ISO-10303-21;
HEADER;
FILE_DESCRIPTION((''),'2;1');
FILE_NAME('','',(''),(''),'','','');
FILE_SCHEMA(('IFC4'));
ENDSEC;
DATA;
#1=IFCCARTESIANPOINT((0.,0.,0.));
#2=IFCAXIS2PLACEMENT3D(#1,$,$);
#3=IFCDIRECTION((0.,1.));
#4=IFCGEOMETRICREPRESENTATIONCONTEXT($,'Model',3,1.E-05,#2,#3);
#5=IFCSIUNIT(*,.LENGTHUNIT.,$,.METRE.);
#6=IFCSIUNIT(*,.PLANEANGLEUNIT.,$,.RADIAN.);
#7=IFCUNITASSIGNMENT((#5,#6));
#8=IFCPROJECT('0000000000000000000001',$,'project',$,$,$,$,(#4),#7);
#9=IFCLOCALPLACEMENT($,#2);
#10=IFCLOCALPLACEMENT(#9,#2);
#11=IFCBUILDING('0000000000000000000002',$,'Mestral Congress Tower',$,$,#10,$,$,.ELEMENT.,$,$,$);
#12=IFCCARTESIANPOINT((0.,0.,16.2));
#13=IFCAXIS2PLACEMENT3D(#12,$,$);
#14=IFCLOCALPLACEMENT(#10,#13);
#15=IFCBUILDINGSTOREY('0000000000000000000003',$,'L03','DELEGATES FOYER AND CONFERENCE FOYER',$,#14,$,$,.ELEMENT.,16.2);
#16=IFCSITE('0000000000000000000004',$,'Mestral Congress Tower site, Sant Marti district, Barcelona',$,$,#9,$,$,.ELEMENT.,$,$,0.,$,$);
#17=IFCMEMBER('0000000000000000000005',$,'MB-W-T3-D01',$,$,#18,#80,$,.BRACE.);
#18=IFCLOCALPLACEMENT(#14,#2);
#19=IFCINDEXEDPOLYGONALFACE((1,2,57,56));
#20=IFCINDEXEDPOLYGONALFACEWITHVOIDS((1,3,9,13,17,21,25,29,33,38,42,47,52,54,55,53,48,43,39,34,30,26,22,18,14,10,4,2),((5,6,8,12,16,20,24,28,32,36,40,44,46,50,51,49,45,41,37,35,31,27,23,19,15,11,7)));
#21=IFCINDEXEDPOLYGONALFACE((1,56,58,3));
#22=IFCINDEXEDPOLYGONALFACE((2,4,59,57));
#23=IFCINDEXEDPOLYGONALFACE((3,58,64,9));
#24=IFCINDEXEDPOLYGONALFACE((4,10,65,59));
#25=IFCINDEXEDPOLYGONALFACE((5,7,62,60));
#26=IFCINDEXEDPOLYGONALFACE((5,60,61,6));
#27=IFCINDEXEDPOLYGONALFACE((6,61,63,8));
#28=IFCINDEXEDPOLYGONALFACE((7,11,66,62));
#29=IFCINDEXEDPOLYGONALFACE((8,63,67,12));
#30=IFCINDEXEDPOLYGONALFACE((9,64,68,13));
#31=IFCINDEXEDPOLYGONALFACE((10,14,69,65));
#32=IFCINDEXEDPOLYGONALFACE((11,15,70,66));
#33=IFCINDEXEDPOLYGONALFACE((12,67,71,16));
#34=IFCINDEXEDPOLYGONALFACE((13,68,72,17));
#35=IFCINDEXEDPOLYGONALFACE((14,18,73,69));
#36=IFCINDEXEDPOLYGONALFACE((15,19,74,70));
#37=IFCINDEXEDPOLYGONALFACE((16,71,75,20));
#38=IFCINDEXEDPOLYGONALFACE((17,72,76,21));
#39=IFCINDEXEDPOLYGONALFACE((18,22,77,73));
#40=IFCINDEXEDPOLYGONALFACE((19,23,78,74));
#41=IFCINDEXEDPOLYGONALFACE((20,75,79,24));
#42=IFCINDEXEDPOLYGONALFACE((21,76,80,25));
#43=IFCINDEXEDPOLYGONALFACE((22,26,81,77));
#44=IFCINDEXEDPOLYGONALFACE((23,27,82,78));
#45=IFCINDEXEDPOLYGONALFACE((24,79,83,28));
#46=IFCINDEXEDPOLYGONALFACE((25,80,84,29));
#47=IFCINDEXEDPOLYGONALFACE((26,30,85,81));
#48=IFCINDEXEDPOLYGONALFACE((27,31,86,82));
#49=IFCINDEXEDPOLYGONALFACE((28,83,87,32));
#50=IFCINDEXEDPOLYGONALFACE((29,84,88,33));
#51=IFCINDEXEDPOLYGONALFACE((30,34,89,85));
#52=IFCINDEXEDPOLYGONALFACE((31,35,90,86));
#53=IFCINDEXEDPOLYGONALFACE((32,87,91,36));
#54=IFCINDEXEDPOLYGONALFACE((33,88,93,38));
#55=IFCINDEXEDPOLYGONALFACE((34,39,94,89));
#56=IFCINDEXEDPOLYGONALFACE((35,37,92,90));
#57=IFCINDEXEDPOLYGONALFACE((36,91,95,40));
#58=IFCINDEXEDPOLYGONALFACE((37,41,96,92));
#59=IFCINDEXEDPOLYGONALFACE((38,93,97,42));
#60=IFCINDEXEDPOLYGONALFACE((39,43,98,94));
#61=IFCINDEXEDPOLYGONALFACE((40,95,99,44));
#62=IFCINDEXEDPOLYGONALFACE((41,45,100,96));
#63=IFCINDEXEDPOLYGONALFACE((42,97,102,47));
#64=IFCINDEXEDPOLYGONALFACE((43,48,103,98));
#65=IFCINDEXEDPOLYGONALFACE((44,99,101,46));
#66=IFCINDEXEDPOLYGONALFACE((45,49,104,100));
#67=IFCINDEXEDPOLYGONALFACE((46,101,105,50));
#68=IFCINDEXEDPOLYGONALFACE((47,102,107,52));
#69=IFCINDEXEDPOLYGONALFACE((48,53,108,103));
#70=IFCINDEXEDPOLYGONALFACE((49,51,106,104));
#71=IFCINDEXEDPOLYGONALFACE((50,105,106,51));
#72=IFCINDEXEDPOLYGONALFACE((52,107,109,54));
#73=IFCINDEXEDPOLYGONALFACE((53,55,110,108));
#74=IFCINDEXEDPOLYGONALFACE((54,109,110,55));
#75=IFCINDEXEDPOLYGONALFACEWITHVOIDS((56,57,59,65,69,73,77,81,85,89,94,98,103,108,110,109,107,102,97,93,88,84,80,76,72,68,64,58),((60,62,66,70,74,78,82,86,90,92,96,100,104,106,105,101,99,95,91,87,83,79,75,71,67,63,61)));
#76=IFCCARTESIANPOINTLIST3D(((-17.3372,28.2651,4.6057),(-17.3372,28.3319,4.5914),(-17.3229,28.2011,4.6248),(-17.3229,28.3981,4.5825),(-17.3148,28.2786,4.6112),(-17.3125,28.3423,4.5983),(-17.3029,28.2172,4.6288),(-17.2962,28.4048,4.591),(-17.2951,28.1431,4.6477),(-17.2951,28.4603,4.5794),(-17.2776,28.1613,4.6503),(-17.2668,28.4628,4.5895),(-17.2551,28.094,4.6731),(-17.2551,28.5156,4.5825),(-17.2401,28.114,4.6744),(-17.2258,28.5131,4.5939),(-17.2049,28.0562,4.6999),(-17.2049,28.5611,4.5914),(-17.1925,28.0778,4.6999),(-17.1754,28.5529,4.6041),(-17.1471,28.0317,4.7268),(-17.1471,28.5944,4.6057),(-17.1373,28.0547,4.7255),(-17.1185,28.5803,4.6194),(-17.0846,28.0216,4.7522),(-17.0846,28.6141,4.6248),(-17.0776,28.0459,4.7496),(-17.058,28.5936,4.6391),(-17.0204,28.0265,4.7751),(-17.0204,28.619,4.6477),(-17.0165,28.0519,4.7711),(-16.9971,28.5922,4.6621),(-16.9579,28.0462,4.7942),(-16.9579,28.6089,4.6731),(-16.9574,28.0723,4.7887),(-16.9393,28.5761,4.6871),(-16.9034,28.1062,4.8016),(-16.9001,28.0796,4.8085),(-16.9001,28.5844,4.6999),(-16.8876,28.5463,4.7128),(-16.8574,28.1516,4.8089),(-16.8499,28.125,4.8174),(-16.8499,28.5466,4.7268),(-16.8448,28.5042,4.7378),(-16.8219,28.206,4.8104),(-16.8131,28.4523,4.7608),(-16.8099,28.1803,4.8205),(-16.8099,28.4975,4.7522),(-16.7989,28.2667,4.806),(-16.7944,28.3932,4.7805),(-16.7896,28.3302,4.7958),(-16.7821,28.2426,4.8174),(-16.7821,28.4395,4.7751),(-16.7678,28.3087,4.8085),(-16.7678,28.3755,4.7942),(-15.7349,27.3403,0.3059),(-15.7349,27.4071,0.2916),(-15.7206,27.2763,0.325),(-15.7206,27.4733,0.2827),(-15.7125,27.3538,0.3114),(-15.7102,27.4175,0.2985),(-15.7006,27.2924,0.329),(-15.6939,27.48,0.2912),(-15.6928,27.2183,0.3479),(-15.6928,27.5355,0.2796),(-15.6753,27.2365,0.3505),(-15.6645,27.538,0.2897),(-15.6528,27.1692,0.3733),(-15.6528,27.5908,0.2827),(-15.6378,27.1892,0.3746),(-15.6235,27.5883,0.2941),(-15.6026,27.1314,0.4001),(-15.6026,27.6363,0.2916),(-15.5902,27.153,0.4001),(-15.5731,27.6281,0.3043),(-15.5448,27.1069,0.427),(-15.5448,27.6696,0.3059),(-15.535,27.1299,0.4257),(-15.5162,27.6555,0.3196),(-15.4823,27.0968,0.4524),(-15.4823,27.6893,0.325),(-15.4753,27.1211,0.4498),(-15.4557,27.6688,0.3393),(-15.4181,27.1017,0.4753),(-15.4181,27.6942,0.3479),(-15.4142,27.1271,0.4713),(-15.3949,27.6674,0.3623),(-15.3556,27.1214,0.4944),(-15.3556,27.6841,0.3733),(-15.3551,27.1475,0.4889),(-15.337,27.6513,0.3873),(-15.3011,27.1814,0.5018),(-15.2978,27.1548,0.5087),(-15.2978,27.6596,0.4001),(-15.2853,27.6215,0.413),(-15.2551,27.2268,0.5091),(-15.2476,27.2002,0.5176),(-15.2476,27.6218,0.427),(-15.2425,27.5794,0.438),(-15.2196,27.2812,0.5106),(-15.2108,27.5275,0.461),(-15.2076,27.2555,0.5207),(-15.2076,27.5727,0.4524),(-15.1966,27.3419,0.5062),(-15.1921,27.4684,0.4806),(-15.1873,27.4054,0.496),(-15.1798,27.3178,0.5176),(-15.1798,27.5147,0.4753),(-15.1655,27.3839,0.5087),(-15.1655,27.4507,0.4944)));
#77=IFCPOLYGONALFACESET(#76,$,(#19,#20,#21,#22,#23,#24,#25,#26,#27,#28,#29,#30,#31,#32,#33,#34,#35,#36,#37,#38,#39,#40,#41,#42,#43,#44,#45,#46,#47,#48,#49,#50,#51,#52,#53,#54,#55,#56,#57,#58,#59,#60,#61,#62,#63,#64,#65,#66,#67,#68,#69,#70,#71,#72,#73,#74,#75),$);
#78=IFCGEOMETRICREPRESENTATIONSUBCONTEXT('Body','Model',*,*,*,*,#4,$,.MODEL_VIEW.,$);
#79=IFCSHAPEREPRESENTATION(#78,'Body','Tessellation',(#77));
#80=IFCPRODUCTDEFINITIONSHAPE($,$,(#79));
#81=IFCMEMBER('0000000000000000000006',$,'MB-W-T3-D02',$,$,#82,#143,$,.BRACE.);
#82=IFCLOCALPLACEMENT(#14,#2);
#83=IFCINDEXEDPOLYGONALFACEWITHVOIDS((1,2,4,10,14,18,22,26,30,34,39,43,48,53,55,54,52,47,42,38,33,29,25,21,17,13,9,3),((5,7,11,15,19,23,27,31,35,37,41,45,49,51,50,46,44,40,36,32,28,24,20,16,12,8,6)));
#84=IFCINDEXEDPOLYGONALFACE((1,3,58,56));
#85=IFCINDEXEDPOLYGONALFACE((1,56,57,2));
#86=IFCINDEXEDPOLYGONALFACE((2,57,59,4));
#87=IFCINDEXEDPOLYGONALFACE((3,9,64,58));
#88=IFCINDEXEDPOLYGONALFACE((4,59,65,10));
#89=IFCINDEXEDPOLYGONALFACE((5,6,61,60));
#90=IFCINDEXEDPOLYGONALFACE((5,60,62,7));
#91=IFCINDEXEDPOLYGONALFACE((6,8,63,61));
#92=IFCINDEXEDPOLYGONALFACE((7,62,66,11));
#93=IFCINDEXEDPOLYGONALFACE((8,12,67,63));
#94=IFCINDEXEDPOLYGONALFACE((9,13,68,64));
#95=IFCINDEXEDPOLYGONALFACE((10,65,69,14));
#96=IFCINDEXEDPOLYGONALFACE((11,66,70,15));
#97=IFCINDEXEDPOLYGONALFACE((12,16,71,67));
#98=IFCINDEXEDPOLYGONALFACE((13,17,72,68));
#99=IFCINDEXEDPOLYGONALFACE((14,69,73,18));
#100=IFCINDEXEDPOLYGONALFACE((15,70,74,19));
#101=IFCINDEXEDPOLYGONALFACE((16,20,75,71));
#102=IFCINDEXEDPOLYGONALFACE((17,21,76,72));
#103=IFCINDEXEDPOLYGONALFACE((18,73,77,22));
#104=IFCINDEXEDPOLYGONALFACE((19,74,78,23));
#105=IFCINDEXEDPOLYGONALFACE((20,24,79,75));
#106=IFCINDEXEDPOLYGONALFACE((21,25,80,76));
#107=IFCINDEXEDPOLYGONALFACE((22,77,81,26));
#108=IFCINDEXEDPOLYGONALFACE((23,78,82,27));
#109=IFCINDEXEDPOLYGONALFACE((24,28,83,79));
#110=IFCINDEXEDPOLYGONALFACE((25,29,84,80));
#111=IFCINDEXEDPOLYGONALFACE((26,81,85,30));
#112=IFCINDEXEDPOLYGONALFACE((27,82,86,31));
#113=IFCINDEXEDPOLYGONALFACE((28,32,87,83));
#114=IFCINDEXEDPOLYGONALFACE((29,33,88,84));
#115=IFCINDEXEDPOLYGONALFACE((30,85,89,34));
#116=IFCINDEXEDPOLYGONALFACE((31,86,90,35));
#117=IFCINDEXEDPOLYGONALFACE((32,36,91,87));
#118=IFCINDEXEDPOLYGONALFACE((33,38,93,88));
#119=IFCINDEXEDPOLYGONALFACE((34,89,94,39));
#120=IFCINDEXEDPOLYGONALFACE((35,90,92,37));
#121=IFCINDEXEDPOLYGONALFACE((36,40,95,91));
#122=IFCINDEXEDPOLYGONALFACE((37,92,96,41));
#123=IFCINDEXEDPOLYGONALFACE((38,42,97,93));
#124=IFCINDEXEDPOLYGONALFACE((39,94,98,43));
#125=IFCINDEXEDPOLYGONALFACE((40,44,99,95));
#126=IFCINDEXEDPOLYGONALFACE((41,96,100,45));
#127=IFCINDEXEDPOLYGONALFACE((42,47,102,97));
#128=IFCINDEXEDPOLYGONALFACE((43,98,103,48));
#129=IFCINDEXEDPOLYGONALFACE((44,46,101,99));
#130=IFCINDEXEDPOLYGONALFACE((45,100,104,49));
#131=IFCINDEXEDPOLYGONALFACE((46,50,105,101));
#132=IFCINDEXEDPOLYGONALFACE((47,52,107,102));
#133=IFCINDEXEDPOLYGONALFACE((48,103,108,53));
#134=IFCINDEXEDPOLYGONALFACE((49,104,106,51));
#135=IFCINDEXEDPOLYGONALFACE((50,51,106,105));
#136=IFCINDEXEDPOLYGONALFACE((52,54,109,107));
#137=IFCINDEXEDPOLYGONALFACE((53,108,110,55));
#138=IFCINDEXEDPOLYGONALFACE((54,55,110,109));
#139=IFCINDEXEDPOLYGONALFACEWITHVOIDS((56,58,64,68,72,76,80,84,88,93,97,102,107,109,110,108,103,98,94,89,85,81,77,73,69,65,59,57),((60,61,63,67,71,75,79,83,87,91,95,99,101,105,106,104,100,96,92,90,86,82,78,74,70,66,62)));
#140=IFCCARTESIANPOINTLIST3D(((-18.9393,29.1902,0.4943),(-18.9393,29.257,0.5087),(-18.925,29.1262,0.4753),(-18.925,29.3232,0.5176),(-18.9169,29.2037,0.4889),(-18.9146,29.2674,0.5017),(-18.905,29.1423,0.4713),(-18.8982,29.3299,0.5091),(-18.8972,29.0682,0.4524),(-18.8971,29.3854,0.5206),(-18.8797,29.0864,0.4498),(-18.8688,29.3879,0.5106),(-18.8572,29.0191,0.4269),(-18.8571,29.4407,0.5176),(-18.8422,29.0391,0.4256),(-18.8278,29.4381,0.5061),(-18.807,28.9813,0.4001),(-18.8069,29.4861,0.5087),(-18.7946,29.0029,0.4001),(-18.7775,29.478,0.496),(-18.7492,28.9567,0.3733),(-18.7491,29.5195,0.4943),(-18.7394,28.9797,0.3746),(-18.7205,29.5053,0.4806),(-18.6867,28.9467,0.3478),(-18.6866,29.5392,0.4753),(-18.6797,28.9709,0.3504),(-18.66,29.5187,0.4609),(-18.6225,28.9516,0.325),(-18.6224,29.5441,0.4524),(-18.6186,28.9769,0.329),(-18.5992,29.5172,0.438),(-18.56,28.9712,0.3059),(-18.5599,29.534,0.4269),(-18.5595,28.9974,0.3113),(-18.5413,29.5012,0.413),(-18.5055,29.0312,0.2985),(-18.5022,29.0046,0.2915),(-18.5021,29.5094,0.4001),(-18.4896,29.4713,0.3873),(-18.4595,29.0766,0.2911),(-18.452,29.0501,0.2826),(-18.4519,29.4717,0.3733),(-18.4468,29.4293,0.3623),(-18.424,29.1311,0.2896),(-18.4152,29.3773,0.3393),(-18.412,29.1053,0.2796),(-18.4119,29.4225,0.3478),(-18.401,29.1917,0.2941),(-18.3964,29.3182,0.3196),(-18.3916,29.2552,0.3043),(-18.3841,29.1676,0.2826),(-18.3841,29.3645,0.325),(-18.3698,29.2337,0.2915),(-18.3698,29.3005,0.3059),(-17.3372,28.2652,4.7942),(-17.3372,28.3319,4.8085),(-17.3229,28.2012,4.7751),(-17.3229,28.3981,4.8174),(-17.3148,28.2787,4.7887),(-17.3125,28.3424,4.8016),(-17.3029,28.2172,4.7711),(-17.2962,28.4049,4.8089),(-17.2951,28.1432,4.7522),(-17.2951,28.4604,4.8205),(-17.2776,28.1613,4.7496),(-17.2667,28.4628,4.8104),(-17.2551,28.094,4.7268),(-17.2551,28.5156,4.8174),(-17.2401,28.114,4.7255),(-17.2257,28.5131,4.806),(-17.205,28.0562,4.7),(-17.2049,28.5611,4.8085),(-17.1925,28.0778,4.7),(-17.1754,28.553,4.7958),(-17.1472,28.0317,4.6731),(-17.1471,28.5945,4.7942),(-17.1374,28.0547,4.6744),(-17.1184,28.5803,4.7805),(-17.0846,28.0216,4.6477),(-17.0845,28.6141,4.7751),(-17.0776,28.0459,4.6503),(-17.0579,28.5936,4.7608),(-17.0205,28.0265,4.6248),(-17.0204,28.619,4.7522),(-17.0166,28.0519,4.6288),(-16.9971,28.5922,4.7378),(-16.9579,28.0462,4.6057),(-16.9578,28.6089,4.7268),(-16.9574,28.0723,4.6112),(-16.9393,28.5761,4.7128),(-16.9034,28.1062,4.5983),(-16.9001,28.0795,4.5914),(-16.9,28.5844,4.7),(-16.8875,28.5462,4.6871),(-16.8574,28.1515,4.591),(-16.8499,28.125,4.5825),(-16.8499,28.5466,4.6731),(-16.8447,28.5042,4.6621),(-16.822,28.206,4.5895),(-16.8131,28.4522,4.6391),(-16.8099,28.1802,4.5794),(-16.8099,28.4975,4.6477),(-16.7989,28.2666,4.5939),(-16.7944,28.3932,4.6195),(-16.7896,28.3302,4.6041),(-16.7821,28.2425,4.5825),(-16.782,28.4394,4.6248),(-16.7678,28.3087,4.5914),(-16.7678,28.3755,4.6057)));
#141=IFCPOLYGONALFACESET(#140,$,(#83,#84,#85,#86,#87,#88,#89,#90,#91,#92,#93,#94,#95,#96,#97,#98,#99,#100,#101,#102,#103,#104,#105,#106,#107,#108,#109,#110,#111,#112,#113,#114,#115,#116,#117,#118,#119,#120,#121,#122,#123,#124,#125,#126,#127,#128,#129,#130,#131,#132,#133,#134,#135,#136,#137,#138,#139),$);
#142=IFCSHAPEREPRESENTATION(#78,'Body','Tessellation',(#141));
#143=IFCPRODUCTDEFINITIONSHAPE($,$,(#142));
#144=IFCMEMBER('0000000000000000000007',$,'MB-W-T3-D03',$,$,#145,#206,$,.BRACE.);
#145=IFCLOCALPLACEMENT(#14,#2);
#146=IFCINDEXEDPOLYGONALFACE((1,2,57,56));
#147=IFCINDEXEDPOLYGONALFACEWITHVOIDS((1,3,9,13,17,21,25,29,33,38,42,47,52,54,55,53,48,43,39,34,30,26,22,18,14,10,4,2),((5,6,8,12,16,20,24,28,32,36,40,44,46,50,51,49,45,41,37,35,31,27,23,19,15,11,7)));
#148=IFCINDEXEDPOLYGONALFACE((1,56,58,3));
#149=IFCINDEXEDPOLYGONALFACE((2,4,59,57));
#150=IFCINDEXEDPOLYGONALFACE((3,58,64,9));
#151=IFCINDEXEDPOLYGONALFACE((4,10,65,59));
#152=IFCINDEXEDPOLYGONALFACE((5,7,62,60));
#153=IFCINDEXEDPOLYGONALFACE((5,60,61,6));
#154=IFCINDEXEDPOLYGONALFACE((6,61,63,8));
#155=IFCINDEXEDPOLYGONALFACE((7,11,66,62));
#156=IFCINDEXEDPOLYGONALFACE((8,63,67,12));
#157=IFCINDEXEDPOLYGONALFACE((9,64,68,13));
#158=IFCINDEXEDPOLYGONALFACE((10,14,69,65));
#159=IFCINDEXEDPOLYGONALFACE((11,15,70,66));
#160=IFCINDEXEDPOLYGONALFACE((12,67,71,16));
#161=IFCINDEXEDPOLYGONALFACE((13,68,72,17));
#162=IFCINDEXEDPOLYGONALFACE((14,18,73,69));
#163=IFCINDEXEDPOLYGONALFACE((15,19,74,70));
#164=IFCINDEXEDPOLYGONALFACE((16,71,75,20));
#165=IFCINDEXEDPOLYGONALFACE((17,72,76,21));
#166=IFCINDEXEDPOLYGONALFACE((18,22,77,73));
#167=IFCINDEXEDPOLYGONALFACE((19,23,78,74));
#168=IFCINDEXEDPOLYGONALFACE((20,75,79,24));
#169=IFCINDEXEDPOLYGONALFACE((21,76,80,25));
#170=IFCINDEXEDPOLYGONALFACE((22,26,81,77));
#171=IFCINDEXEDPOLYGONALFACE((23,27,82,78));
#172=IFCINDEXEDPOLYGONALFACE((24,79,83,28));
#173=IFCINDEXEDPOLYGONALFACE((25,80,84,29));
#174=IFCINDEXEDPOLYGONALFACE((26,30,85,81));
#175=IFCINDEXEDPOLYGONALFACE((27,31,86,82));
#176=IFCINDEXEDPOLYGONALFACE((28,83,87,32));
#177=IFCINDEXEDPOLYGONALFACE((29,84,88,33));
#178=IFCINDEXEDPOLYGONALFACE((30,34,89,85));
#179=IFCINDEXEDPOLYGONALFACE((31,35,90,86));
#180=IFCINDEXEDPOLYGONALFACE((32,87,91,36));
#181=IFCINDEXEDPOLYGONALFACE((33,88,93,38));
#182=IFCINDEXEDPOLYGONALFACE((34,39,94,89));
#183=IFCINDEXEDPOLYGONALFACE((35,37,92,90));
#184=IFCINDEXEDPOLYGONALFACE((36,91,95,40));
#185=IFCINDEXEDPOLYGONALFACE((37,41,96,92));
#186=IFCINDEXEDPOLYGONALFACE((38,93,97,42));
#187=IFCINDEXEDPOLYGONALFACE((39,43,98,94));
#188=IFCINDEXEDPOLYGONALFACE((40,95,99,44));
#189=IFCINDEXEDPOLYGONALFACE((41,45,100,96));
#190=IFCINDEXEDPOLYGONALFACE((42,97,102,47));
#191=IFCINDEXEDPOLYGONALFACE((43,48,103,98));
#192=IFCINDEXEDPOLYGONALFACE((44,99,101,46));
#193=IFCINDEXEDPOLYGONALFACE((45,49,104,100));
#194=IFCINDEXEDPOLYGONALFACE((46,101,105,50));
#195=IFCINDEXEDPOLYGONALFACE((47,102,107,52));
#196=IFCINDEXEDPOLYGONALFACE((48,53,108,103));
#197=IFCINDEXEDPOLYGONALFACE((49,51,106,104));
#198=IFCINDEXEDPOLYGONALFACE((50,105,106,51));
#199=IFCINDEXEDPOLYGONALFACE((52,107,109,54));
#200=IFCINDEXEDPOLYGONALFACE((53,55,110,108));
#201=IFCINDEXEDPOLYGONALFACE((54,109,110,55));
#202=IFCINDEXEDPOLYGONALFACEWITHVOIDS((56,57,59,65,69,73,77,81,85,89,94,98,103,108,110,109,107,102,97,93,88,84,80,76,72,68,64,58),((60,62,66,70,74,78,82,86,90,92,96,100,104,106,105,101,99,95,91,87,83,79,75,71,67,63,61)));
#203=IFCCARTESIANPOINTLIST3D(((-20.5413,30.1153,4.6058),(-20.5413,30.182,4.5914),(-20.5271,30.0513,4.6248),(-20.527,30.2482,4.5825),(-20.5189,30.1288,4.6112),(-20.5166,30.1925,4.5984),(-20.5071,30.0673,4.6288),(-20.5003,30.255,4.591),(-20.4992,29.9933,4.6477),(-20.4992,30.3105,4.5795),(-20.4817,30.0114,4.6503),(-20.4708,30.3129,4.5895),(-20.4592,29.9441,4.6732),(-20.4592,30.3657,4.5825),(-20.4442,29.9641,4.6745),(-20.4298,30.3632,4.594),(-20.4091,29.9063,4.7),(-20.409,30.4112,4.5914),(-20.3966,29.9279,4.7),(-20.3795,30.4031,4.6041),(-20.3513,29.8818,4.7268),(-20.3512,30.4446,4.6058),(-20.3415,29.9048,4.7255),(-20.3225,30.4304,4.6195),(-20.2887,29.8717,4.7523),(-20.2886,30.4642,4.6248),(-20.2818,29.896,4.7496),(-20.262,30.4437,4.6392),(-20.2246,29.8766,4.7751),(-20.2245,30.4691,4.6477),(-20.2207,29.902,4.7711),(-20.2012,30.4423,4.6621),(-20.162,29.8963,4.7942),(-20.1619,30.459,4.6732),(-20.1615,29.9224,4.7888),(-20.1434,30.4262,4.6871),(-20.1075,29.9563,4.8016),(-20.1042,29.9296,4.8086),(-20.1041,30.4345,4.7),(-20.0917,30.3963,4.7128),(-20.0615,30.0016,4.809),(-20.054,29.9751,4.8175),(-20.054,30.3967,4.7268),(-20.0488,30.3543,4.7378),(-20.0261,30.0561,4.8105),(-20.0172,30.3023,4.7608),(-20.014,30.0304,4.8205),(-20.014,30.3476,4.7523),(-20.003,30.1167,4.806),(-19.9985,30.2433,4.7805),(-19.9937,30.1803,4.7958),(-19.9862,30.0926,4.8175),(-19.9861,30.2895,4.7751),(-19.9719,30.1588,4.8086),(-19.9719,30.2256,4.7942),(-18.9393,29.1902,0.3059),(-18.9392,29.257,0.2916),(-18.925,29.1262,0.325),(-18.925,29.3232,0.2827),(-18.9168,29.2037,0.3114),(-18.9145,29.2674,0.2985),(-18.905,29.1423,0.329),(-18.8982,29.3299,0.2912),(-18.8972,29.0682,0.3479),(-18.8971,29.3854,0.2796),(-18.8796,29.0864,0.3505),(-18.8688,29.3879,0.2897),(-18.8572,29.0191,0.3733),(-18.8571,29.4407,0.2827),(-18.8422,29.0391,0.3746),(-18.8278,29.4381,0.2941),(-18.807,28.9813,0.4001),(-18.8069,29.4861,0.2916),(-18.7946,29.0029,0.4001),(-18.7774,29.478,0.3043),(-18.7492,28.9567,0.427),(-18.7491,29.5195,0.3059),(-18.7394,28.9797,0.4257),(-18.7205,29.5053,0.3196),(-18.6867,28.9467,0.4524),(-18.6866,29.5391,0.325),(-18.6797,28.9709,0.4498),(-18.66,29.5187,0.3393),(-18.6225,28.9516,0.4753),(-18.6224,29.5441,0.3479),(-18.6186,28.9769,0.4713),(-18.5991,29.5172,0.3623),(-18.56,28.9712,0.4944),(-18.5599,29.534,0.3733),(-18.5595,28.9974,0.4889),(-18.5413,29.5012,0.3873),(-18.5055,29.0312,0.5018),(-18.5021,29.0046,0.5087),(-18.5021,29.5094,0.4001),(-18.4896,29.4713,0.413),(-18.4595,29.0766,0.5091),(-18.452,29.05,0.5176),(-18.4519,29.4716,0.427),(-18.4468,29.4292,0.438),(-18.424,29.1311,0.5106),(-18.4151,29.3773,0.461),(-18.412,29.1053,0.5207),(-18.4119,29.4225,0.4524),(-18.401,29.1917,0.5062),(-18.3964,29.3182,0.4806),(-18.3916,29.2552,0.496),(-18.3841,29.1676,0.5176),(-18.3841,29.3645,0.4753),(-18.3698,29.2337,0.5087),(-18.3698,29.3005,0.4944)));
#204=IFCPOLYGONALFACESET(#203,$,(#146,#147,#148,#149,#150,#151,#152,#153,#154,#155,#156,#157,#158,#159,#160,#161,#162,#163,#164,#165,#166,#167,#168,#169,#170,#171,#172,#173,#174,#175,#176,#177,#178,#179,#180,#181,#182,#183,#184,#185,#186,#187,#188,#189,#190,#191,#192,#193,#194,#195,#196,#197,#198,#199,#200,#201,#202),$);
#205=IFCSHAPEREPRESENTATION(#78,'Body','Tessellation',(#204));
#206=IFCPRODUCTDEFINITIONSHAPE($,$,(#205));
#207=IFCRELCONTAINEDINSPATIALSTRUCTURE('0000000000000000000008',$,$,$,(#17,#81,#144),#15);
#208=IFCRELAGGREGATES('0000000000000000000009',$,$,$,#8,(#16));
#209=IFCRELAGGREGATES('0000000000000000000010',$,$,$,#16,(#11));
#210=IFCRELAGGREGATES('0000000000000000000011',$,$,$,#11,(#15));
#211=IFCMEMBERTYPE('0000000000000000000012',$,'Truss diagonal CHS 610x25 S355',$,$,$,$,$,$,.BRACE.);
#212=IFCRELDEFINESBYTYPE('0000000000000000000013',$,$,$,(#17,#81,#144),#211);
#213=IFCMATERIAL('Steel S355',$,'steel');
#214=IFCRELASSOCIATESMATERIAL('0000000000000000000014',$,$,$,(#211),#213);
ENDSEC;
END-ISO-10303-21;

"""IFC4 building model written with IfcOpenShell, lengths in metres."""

from ifc_helpers import new_model, si_unit, direction, frame, origin, origin_2d, place, context, subcontext, project, spatial, hollow_circle, extrude, material, material_profile, profile_set, type_object, element, save


model = new_model("IFC4")

# Units and contexts
model_context = context("Model", 3, precision=1e-05, world=origin(), true_north=direction((0.0, 1.0)))
body_context = subcontext(model_context, "Body", "Model", "MODEL_VIEW")
ifc_project = project(units=[si_unit("LENGTHUNIT", "METRE"), si_unit("PLANEANGLEUNIT", "RADIAN")], contexts=[model_context])

# Site, building, storey
site_placement = place(None, origin())
site = spatial("IfcSite", under=ifc_project, at=site_placement, Name="Mestral Congress Tower site, Sant Marti district, Barcelona", CompositionType="ELEMENT", RefElevation=0.0)
building_placement = place(site_placement, origin())
building = spatial("IfcBuilding", under=site, at=building_placement, Name="Mestral Congress Tower", CompositionType="ELEMENT")
storey_placement = place(building_placement, frame((0.0, 0.0, 16.2)))
storey = spatial("IfcBuildingStorey", under=building, at=storey_placement, Name="L03", Description="DELEGATES FOYER AND CONFERENCE FOYER", CompositionType="ELEMENT", Elevation=16.2)

# Members
ifc_material_1 = material(Name="Steel S355", Category="steel")
ifc_material_profile_1 = material_profile(ifc_material_1, hollow_circle(Radius=0.3049, WallThickness=0.0249, at=origin_2d()), Name="CHS 610x25")
ifc_profile_set_1 = profile_set([ifc_material_profile_1], Name="Steel S355")
member_type_1 = type_object("IfcMemberType", Name="Truss diagonal CHS 610x25 S355", PredefinedType="BRACE", material=ifc_profile_set_1)
for number, where, z_axis, x_axis, name in (
    (1, (-15.4502, 27.3955, 0.4001), (-0.342304, 0.197569, 0.918583), (-0.499886, -0.866091, 0.0), "MB-W-T3-D01"),
    (2, (-17.0525, 28.3203, 4.7), (-0.342254, 0.197623, -0.91859), (-0.500042, -0.866001, 0.0), "MB-W-T3-D02"),
    (3, (-18.6545, 29.2454, 0.4001), (-0.342254, 0.197623, 0.91859), (-0.500042, -0.866001, 0.0), "MB-W-T3-D03"),
):
    element("IfcMember", number, at=place(storey_placement, frame(where, z_axis=z_axis, x_axis=x_axis)), inside=storey, type_object=member_type_1, Name=name, PredefinedType="BRACE", context=body_context, shape_type="SweptSolid", body=[
        extrude(hollow_circle(Radius=0.3049, WallThickness=0.0249, at=origin_2d()), origin(), (0.0, 0.0, 1.0), 4.6809),
    ])

save(model, "model.ifc")
